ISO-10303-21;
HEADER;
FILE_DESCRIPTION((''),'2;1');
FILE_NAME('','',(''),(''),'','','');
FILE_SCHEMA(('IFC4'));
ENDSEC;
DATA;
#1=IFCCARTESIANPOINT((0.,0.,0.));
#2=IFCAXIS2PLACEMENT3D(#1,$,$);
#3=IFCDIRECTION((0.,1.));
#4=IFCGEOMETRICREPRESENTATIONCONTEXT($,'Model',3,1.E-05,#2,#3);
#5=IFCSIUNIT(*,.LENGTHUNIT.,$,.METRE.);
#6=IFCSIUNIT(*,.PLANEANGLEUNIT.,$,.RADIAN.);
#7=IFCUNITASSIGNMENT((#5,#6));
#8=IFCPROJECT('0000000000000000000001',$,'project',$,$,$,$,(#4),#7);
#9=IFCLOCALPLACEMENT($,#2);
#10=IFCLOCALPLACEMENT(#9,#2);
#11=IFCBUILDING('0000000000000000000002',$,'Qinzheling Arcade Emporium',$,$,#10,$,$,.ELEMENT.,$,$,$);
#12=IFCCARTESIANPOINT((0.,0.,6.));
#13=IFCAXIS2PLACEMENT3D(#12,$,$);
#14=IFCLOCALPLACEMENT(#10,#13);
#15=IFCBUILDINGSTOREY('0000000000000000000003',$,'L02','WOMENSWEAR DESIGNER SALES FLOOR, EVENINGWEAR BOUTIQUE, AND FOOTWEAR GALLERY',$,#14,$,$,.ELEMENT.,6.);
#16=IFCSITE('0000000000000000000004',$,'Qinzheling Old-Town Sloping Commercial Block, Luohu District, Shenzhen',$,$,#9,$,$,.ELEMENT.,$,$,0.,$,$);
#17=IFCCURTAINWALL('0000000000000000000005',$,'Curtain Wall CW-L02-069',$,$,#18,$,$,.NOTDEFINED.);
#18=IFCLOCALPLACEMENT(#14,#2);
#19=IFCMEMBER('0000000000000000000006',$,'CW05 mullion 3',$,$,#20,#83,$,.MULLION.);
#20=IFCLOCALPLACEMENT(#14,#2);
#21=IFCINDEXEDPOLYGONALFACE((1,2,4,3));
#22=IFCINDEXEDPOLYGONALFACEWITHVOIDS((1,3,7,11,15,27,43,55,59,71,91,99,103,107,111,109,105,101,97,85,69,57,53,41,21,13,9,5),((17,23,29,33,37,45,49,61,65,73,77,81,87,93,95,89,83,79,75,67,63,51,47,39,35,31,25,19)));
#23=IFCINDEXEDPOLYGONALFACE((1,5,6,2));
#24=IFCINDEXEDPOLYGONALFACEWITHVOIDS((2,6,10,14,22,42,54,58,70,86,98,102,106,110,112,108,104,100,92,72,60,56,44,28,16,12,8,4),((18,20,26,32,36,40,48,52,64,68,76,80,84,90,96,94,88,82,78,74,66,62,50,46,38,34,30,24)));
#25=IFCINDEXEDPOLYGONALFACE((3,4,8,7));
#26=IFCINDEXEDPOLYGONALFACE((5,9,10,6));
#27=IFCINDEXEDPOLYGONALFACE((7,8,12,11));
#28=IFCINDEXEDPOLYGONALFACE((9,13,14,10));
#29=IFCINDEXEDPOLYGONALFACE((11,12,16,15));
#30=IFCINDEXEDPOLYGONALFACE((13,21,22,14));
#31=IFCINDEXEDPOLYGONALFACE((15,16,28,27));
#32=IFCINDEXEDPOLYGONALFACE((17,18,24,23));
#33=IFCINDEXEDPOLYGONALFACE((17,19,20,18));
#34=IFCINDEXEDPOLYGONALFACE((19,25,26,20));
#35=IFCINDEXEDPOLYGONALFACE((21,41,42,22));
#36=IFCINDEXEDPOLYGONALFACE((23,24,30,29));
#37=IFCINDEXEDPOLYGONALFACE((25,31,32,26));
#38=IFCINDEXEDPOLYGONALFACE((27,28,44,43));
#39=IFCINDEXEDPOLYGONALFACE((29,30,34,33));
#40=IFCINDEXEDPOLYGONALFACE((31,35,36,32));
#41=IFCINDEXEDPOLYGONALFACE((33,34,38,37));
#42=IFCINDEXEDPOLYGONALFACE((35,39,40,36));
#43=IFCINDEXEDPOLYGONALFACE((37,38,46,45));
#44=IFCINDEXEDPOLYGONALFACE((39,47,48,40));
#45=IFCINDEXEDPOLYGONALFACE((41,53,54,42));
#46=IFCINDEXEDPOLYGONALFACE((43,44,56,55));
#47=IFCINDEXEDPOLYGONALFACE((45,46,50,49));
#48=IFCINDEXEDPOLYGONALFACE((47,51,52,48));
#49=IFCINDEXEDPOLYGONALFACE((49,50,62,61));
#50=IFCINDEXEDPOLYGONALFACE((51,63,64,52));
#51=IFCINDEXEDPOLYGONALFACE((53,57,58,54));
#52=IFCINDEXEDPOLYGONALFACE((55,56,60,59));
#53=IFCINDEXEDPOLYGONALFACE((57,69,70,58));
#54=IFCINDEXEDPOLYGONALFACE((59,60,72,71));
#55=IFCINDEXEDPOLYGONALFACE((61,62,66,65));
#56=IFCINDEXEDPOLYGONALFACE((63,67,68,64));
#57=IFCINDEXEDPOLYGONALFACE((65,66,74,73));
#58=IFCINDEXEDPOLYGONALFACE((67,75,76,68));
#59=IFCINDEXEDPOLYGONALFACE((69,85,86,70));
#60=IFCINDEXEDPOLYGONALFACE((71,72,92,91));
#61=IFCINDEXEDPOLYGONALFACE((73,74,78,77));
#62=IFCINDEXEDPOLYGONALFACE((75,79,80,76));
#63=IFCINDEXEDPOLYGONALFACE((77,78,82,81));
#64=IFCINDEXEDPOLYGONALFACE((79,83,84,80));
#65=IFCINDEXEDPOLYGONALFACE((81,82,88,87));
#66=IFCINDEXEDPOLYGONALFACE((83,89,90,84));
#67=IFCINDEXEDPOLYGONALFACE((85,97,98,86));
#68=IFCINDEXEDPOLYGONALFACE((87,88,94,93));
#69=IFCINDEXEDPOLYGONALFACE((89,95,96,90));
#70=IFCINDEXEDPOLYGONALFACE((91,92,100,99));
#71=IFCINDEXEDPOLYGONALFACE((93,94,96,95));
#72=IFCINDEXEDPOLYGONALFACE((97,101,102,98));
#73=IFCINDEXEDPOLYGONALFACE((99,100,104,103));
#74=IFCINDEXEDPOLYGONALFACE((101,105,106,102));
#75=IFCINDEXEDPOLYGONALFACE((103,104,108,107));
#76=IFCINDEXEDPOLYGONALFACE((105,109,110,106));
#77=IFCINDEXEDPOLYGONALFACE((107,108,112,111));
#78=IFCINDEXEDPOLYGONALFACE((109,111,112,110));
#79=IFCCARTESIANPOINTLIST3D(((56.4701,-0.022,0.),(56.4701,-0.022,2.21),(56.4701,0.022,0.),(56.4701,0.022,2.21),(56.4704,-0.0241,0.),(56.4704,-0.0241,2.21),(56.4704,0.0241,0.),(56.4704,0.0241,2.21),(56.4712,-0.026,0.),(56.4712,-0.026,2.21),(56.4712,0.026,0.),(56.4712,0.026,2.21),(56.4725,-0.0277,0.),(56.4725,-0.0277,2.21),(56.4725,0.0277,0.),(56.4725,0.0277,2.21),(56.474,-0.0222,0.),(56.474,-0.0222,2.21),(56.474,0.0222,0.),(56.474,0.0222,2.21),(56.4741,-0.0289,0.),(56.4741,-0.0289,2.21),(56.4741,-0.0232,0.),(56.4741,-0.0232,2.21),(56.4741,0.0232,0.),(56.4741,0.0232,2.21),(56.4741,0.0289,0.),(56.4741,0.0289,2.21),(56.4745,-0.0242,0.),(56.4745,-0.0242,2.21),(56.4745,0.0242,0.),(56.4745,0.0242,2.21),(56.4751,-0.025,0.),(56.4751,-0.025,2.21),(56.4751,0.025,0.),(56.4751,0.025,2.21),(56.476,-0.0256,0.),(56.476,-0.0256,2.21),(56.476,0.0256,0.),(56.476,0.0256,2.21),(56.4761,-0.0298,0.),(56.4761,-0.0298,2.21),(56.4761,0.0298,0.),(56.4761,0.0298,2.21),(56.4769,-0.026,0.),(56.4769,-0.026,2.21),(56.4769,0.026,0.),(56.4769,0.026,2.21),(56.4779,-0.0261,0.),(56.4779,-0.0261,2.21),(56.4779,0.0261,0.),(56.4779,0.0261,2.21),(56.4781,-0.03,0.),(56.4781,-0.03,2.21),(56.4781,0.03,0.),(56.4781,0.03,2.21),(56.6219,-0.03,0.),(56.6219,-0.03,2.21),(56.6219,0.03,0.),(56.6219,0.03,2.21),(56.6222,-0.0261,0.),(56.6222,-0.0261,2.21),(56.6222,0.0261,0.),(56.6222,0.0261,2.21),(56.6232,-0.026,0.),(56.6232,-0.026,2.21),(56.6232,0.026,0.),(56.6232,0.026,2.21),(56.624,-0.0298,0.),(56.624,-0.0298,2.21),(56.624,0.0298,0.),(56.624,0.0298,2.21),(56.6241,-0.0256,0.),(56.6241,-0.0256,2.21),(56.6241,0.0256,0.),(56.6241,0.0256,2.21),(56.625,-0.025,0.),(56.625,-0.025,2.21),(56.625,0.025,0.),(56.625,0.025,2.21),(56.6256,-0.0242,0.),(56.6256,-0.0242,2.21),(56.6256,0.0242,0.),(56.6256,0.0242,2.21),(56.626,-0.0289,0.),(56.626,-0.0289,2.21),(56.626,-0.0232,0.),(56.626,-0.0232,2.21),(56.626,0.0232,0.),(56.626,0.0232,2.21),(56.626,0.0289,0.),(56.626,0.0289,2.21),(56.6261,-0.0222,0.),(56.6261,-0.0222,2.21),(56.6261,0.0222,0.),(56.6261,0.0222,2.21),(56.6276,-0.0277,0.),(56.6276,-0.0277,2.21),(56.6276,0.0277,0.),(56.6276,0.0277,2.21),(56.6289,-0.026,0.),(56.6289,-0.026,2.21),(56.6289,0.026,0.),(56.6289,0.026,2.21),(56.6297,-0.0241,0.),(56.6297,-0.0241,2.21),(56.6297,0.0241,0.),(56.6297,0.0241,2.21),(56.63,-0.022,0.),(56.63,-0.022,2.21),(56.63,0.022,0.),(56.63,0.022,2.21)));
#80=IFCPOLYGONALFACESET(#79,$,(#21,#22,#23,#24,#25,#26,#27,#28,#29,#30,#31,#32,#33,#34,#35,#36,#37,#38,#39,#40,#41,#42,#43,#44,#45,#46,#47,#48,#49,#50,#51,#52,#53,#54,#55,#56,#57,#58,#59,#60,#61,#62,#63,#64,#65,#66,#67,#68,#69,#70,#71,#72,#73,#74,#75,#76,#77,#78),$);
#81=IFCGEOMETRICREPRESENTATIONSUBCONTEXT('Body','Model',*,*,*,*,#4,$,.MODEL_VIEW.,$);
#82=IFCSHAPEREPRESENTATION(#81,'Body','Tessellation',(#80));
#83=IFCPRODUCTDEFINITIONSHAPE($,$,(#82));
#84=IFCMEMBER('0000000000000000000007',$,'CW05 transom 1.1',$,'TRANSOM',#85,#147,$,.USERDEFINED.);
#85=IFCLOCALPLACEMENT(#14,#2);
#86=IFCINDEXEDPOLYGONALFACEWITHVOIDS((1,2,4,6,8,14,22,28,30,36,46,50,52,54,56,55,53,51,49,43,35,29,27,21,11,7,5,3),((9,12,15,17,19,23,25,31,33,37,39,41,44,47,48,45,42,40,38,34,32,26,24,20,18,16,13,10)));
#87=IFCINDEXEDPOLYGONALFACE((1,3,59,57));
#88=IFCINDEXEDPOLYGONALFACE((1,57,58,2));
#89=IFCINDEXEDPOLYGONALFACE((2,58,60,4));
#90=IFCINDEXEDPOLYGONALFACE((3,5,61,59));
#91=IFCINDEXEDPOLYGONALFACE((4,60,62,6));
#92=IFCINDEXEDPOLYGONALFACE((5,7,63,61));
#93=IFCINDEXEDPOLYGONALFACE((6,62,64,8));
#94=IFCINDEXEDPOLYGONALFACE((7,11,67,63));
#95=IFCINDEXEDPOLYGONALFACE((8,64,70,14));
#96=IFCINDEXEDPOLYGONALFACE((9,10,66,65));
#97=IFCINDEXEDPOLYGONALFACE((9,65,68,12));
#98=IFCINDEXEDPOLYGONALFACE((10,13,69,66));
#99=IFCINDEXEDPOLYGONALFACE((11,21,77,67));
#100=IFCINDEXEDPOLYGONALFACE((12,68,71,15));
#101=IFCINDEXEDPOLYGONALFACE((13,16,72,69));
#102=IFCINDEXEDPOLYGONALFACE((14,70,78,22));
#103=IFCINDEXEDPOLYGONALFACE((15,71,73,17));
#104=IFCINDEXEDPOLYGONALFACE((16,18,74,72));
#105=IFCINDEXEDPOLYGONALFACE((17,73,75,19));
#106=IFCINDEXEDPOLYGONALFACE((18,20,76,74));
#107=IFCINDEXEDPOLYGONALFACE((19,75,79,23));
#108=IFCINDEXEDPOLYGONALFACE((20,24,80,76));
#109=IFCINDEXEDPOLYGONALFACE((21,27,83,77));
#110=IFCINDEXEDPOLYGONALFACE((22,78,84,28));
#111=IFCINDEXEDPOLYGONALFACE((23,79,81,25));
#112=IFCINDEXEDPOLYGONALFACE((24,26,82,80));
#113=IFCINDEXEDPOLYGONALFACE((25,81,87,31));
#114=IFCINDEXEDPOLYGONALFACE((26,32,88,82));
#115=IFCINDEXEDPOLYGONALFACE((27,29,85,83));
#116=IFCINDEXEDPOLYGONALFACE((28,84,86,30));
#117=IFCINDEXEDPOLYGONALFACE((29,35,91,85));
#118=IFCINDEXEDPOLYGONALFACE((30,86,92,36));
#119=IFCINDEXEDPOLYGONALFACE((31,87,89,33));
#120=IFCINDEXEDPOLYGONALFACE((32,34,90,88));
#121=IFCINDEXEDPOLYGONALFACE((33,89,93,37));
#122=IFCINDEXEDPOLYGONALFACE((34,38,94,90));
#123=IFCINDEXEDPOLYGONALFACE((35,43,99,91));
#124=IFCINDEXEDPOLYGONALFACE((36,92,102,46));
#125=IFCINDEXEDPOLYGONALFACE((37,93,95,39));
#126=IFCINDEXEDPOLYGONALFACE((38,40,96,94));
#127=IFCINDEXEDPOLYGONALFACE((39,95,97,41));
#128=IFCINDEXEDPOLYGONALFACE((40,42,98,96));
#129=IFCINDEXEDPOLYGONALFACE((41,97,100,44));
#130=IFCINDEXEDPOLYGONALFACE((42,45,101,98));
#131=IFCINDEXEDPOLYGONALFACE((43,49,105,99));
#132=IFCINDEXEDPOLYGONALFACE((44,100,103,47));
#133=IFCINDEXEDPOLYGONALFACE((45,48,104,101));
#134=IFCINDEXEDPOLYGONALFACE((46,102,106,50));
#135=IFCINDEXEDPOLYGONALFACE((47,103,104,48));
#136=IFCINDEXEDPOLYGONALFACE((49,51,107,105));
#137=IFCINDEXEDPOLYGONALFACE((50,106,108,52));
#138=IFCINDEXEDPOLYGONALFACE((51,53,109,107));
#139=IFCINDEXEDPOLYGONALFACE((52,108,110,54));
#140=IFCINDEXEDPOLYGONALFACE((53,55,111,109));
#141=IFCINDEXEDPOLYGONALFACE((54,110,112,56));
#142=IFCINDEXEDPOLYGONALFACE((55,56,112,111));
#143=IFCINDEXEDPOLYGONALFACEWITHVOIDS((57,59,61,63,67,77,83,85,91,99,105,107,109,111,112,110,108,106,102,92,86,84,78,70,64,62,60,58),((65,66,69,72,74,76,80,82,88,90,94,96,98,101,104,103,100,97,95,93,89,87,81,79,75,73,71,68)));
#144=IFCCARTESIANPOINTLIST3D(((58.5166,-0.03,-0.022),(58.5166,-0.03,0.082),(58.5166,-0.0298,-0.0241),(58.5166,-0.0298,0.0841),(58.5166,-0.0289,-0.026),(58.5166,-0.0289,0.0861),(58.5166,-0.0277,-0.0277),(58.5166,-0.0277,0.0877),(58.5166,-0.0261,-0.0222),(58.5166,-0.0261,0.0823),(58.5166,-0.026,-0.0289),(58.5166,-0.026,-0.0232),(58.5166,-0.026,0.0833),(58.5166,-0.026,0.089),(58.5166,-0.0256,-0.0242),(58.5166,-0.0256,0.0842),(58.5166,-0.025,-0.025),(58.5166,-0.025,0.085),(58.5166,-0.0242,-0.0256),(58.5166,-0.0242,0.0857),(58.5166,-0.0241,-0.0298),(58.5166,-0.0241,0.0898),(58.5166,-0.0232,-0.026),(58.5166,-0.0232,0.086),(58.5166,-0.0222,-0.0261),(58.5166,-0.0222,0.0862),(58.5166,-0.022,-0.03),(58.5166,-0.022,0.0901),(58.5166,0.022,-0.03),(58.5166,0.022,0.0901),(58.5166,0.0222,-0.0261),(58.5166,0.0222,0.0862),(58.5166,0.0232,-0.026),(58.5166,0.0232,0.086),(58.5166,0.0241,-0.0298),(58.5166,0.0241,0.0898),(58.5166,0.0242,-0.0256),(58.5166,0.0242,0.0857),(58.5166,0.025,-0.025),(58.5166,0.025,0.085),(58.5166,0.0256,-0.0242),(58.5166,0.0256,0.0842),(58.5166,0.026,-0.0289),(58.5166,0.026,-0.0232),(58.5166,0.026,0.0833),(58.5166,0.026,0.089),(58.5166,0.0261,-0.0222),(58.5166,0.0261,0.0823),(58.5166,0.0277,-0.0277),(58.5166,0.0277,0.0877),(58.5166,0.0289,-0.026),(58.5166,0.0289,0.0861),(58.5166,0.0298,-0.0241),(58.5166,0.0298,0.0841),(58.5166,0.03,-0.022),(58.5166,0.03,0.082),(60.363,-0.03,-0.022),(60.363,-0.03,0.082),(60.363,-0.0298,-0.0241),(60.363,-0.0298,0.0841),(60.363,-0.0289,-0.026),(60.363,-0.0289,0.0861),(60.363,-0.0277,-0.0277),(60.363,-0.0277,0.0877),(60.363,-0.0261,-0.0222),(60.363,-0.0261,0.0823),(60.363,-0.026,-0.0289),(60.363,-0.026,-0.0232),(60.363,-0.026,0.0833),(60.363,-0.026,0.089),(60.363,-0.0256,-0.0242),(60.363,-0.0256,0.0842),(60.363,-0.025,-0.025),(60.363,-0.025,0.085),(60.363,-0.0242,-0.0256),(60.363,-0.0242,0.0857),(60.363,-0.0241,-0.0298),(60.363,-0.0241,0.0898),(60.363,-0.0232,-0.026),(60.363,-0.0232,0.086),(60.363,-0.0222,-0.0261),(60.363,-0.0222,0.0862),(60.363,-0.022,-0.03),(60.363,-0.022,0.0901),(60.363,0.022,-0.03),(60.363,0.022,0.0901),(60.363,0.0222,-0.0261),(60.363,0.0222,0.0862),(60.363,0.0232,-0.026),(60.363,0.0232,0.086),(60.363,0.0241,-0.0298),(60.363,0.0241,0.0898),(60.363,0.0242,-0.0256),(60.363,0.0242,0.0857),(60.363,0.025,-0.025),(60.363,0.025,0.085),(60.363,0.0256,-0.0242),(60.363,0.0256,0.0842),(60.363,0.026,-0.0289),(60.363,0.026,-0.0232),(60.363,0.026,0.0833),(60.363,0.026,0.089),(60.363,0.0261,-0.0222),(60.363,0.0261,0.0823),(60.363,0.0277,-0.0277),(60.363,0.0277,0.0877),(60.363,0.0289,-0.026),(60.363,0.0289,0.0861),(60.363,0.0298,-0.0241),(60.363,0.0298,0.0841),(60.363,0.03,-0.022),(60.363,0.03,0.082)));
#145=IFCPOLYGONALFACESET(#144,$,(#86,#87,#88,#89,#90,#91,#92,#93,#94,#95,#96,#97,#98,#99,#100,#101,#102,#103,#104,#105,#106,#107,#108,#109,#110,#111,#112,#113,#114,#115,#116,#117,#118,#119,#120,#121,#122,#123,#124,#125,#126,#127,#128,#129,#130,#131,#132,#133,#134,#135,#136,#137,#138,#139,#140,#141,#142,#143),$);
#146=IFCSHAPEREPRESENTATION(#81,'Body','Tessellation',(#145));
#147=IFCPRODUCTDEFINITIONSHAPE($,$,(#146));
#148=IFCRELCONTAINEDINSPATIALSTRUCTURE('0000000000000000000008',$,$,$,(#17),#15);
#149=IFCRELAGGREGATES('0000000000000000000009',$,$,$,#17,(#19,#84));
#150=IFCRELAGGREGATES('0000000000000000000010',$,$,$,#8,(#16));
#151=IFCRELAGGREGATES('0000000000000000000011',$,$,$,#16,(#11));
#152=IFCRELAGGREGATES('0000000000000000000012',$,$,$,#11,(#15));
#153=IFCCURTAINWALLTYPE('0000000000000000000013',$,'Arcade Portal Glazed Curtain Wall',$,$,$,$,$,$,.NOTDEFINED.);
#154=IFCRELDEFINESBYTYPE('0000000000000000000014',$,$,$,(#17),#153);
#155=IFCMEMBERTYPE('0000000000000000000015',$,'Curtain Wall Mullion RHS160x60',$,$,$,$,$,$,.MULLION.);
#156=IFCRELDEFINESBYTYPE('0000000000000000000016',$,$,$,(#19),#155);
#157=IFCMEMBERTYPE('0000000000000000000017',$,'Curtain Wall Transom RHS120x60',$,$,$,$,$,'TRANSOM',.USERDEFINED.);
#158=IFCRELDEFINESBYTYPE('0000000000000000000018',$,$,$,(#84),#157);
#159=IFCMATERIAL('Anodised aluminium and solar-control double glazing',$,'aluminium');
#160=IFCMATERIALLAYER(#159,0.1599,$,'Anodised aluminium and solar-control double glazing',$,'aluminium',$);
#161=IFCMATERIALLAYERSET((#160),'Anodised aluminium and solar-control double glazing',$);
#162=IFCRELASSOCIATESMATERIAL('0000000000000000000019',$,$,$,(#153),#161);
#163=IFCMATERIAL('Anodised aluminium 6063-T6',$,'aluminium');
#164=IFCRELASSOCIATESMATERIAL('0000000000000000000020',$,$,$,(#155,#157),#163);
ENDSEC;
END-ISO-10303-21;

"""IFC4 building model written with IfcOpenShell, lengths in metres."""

from ifc_helpers import new_model, si_unit, direction, frame, origin, origin_2d, place, context, subcontext, project, spatial, hollow_rectangle, extrude, material, layer, layer_set, material_profile, profile_set, type_object, element, aggregate, save


model = new_model("IFC4")

# Units and contexts
model_context = context("Model", 3, precision=1e-05, world=origin(), true_north=direction((0.0, 1.0)))
body_context = subcontext(model_context, "Body", "Model", "MODEL_VIEW")
ifc_project = project(units=[si_unit("LENGTHUNIT", "METRE"), si_unit("PLANEANGLEUNIT", "RADIAN")], contexts=[model_context])

# Site, building, storey
site_placement = place(None, origin())
site = spatial("IfcSite", under=ifc_project, at=site_placement, Name="Qinzheling Old-Town Sloping Commercial Block, Luohu District, Shenzhen", CompositionType="ELEMENT", RefElevation=0.0)
building_placement = place(site_placement, origin())
building = spatial("IfcBuilding", under=site, at=building_placement, Name="Qinzheling Arcade Emporium", CompositionType="ELEMENT")
storey_placement = place(building_placement, frame((0.0, 0.0, 6.0)))
storey = spatial("IfcBuildingStorey", under=building, at=storey_placement, Name="L02", Description="WOMENSWEAR DESIGNER SALES FLOOR, EVENINGWEAR BOUTIQUE, AND FOOTWEAR GALLERY", CompositionType="ELEMENT", Elevation=6.0)

# Curtain wall, members
ifc_material_1 = material(Name="Anodised aluminium and solar-control double glazing", Category="aluminium")
ifc_layer_1 = layer(ifc_material_1, 0.1599, Name="Anodised aluminium and solar-control double glazing", Category="aluminium")
ifc_layer_set_1 = layer_set([ifc_layer_1], Name="Anodised aluminium and solar-control double glazing")
curtain_wall_type = type_object("IfcCurtainWallType", Name="Arcade Portal Glazed Curtain Wall", PredefinedType="NOTDEFINED", material=ifc_layer_set_1)
curtain_wall_placement = place(storey_placement, origin())
curtain_wall = element("IfcCurtainWall", 1, at=curtain_wall_placement, inside=storey, type_object=curtain_wall_type, Name="Curtain Wall CW-L02-069", PredefinedType="NOTDEFINED")
ifc_material_2 = material(Name="Anodised aluminium 6063-T6", Category="aluminium")
ifc_material_profile_1 = material_profile(ifc_material_2, hollow_rectangle(XDim=0.0601, YDim=0.1599, WallThickness=0.0039, InnerFilletRadius=0.0039, OuterFilletRadius=0.0081, at=origin_2d()), Name="RHS 160x60x4", Category="aluminium")
ifc_profile_set_1 = profile_set([ifc_material_profile_1], Name="Anodised aluminium 6063-T6")
member_type_1 = type_object("IfcMemberType", Name="Curtain Wall Mullion RHS160x60", PredefinedType="MULLION", material=ifc_profile_set_1)
member_1_placement = place(storey_placement, frame((56.55, 0.0, 0.0), z_axis=(0.0, 0.0, 1.0), x_axis=(0.0, -1.0, 0.0)))
member_1 = element("IfcMember", 2, at=member_1_placement, type_object=member_type_1, Name="CW05 mullion 3", PredefinedType="MULLION", context=body_context, shape_type="SweptSolid", body=[
    extrude(hollow_rectangle(XDim=0.0601, YDim=0.1599, WallThickness=0.0039, InnerFilletRadius=0.0039, OuterFilletRadius=0.0081, at=origin_2d()), origin(), (0.0, 0.0, 1.0), 2.21),
])
ifc_material_profile_2 = material_profile(ifc_material_2, hollow_rectangle(XDim=0.0601, YDim=0.1201, WallThickness=0.0039, InnerFilletRadius=0.0039, OuterFilletRadius=0.0081, at=origin_2d()), Name="RHS 120x60x4", Category="aluminium")
ifc_profile_set_2 = profile_set([ifc_material_profile_2], Name="Anodised aluminium 6063-T6")
member_type_2 = type_object("IfcMemberType", Name="Curtain Wall Transom RHS120x60", ElementType="TRANSOM", PredefinedType="USERDEFINED", material=ifc_profile_set_2)
member_2_placement = place(storey_placement, frame((60.363, 0.0, 0.03), z_axis=(-1.0, 0.0, 0.0), x_axis=(0.0, -1.0, 0.0)))
member_2 = element("IfcMember", 3, at=member_2_placement, type_object=member_type_2, Name="CW05 transom 1.1", ObjectType="TRANSOM", PredefinedType="USERDEFINED", context=body_context, shape_type="SweptSolid", body=[
    extrude(hollow_rectangle(XDim=0.0601, YDim=0.1201, WallThickness=0.0039, InnerFilletRadius=0.0039, OuterFilletRadius=0.0081, at=origin_2d()), origin(), (0.0, 0.0, 1.0), 1.8464),
])

aggregate(curtain_wall, [member_1, member_2])

save(model, "model.ifc")
